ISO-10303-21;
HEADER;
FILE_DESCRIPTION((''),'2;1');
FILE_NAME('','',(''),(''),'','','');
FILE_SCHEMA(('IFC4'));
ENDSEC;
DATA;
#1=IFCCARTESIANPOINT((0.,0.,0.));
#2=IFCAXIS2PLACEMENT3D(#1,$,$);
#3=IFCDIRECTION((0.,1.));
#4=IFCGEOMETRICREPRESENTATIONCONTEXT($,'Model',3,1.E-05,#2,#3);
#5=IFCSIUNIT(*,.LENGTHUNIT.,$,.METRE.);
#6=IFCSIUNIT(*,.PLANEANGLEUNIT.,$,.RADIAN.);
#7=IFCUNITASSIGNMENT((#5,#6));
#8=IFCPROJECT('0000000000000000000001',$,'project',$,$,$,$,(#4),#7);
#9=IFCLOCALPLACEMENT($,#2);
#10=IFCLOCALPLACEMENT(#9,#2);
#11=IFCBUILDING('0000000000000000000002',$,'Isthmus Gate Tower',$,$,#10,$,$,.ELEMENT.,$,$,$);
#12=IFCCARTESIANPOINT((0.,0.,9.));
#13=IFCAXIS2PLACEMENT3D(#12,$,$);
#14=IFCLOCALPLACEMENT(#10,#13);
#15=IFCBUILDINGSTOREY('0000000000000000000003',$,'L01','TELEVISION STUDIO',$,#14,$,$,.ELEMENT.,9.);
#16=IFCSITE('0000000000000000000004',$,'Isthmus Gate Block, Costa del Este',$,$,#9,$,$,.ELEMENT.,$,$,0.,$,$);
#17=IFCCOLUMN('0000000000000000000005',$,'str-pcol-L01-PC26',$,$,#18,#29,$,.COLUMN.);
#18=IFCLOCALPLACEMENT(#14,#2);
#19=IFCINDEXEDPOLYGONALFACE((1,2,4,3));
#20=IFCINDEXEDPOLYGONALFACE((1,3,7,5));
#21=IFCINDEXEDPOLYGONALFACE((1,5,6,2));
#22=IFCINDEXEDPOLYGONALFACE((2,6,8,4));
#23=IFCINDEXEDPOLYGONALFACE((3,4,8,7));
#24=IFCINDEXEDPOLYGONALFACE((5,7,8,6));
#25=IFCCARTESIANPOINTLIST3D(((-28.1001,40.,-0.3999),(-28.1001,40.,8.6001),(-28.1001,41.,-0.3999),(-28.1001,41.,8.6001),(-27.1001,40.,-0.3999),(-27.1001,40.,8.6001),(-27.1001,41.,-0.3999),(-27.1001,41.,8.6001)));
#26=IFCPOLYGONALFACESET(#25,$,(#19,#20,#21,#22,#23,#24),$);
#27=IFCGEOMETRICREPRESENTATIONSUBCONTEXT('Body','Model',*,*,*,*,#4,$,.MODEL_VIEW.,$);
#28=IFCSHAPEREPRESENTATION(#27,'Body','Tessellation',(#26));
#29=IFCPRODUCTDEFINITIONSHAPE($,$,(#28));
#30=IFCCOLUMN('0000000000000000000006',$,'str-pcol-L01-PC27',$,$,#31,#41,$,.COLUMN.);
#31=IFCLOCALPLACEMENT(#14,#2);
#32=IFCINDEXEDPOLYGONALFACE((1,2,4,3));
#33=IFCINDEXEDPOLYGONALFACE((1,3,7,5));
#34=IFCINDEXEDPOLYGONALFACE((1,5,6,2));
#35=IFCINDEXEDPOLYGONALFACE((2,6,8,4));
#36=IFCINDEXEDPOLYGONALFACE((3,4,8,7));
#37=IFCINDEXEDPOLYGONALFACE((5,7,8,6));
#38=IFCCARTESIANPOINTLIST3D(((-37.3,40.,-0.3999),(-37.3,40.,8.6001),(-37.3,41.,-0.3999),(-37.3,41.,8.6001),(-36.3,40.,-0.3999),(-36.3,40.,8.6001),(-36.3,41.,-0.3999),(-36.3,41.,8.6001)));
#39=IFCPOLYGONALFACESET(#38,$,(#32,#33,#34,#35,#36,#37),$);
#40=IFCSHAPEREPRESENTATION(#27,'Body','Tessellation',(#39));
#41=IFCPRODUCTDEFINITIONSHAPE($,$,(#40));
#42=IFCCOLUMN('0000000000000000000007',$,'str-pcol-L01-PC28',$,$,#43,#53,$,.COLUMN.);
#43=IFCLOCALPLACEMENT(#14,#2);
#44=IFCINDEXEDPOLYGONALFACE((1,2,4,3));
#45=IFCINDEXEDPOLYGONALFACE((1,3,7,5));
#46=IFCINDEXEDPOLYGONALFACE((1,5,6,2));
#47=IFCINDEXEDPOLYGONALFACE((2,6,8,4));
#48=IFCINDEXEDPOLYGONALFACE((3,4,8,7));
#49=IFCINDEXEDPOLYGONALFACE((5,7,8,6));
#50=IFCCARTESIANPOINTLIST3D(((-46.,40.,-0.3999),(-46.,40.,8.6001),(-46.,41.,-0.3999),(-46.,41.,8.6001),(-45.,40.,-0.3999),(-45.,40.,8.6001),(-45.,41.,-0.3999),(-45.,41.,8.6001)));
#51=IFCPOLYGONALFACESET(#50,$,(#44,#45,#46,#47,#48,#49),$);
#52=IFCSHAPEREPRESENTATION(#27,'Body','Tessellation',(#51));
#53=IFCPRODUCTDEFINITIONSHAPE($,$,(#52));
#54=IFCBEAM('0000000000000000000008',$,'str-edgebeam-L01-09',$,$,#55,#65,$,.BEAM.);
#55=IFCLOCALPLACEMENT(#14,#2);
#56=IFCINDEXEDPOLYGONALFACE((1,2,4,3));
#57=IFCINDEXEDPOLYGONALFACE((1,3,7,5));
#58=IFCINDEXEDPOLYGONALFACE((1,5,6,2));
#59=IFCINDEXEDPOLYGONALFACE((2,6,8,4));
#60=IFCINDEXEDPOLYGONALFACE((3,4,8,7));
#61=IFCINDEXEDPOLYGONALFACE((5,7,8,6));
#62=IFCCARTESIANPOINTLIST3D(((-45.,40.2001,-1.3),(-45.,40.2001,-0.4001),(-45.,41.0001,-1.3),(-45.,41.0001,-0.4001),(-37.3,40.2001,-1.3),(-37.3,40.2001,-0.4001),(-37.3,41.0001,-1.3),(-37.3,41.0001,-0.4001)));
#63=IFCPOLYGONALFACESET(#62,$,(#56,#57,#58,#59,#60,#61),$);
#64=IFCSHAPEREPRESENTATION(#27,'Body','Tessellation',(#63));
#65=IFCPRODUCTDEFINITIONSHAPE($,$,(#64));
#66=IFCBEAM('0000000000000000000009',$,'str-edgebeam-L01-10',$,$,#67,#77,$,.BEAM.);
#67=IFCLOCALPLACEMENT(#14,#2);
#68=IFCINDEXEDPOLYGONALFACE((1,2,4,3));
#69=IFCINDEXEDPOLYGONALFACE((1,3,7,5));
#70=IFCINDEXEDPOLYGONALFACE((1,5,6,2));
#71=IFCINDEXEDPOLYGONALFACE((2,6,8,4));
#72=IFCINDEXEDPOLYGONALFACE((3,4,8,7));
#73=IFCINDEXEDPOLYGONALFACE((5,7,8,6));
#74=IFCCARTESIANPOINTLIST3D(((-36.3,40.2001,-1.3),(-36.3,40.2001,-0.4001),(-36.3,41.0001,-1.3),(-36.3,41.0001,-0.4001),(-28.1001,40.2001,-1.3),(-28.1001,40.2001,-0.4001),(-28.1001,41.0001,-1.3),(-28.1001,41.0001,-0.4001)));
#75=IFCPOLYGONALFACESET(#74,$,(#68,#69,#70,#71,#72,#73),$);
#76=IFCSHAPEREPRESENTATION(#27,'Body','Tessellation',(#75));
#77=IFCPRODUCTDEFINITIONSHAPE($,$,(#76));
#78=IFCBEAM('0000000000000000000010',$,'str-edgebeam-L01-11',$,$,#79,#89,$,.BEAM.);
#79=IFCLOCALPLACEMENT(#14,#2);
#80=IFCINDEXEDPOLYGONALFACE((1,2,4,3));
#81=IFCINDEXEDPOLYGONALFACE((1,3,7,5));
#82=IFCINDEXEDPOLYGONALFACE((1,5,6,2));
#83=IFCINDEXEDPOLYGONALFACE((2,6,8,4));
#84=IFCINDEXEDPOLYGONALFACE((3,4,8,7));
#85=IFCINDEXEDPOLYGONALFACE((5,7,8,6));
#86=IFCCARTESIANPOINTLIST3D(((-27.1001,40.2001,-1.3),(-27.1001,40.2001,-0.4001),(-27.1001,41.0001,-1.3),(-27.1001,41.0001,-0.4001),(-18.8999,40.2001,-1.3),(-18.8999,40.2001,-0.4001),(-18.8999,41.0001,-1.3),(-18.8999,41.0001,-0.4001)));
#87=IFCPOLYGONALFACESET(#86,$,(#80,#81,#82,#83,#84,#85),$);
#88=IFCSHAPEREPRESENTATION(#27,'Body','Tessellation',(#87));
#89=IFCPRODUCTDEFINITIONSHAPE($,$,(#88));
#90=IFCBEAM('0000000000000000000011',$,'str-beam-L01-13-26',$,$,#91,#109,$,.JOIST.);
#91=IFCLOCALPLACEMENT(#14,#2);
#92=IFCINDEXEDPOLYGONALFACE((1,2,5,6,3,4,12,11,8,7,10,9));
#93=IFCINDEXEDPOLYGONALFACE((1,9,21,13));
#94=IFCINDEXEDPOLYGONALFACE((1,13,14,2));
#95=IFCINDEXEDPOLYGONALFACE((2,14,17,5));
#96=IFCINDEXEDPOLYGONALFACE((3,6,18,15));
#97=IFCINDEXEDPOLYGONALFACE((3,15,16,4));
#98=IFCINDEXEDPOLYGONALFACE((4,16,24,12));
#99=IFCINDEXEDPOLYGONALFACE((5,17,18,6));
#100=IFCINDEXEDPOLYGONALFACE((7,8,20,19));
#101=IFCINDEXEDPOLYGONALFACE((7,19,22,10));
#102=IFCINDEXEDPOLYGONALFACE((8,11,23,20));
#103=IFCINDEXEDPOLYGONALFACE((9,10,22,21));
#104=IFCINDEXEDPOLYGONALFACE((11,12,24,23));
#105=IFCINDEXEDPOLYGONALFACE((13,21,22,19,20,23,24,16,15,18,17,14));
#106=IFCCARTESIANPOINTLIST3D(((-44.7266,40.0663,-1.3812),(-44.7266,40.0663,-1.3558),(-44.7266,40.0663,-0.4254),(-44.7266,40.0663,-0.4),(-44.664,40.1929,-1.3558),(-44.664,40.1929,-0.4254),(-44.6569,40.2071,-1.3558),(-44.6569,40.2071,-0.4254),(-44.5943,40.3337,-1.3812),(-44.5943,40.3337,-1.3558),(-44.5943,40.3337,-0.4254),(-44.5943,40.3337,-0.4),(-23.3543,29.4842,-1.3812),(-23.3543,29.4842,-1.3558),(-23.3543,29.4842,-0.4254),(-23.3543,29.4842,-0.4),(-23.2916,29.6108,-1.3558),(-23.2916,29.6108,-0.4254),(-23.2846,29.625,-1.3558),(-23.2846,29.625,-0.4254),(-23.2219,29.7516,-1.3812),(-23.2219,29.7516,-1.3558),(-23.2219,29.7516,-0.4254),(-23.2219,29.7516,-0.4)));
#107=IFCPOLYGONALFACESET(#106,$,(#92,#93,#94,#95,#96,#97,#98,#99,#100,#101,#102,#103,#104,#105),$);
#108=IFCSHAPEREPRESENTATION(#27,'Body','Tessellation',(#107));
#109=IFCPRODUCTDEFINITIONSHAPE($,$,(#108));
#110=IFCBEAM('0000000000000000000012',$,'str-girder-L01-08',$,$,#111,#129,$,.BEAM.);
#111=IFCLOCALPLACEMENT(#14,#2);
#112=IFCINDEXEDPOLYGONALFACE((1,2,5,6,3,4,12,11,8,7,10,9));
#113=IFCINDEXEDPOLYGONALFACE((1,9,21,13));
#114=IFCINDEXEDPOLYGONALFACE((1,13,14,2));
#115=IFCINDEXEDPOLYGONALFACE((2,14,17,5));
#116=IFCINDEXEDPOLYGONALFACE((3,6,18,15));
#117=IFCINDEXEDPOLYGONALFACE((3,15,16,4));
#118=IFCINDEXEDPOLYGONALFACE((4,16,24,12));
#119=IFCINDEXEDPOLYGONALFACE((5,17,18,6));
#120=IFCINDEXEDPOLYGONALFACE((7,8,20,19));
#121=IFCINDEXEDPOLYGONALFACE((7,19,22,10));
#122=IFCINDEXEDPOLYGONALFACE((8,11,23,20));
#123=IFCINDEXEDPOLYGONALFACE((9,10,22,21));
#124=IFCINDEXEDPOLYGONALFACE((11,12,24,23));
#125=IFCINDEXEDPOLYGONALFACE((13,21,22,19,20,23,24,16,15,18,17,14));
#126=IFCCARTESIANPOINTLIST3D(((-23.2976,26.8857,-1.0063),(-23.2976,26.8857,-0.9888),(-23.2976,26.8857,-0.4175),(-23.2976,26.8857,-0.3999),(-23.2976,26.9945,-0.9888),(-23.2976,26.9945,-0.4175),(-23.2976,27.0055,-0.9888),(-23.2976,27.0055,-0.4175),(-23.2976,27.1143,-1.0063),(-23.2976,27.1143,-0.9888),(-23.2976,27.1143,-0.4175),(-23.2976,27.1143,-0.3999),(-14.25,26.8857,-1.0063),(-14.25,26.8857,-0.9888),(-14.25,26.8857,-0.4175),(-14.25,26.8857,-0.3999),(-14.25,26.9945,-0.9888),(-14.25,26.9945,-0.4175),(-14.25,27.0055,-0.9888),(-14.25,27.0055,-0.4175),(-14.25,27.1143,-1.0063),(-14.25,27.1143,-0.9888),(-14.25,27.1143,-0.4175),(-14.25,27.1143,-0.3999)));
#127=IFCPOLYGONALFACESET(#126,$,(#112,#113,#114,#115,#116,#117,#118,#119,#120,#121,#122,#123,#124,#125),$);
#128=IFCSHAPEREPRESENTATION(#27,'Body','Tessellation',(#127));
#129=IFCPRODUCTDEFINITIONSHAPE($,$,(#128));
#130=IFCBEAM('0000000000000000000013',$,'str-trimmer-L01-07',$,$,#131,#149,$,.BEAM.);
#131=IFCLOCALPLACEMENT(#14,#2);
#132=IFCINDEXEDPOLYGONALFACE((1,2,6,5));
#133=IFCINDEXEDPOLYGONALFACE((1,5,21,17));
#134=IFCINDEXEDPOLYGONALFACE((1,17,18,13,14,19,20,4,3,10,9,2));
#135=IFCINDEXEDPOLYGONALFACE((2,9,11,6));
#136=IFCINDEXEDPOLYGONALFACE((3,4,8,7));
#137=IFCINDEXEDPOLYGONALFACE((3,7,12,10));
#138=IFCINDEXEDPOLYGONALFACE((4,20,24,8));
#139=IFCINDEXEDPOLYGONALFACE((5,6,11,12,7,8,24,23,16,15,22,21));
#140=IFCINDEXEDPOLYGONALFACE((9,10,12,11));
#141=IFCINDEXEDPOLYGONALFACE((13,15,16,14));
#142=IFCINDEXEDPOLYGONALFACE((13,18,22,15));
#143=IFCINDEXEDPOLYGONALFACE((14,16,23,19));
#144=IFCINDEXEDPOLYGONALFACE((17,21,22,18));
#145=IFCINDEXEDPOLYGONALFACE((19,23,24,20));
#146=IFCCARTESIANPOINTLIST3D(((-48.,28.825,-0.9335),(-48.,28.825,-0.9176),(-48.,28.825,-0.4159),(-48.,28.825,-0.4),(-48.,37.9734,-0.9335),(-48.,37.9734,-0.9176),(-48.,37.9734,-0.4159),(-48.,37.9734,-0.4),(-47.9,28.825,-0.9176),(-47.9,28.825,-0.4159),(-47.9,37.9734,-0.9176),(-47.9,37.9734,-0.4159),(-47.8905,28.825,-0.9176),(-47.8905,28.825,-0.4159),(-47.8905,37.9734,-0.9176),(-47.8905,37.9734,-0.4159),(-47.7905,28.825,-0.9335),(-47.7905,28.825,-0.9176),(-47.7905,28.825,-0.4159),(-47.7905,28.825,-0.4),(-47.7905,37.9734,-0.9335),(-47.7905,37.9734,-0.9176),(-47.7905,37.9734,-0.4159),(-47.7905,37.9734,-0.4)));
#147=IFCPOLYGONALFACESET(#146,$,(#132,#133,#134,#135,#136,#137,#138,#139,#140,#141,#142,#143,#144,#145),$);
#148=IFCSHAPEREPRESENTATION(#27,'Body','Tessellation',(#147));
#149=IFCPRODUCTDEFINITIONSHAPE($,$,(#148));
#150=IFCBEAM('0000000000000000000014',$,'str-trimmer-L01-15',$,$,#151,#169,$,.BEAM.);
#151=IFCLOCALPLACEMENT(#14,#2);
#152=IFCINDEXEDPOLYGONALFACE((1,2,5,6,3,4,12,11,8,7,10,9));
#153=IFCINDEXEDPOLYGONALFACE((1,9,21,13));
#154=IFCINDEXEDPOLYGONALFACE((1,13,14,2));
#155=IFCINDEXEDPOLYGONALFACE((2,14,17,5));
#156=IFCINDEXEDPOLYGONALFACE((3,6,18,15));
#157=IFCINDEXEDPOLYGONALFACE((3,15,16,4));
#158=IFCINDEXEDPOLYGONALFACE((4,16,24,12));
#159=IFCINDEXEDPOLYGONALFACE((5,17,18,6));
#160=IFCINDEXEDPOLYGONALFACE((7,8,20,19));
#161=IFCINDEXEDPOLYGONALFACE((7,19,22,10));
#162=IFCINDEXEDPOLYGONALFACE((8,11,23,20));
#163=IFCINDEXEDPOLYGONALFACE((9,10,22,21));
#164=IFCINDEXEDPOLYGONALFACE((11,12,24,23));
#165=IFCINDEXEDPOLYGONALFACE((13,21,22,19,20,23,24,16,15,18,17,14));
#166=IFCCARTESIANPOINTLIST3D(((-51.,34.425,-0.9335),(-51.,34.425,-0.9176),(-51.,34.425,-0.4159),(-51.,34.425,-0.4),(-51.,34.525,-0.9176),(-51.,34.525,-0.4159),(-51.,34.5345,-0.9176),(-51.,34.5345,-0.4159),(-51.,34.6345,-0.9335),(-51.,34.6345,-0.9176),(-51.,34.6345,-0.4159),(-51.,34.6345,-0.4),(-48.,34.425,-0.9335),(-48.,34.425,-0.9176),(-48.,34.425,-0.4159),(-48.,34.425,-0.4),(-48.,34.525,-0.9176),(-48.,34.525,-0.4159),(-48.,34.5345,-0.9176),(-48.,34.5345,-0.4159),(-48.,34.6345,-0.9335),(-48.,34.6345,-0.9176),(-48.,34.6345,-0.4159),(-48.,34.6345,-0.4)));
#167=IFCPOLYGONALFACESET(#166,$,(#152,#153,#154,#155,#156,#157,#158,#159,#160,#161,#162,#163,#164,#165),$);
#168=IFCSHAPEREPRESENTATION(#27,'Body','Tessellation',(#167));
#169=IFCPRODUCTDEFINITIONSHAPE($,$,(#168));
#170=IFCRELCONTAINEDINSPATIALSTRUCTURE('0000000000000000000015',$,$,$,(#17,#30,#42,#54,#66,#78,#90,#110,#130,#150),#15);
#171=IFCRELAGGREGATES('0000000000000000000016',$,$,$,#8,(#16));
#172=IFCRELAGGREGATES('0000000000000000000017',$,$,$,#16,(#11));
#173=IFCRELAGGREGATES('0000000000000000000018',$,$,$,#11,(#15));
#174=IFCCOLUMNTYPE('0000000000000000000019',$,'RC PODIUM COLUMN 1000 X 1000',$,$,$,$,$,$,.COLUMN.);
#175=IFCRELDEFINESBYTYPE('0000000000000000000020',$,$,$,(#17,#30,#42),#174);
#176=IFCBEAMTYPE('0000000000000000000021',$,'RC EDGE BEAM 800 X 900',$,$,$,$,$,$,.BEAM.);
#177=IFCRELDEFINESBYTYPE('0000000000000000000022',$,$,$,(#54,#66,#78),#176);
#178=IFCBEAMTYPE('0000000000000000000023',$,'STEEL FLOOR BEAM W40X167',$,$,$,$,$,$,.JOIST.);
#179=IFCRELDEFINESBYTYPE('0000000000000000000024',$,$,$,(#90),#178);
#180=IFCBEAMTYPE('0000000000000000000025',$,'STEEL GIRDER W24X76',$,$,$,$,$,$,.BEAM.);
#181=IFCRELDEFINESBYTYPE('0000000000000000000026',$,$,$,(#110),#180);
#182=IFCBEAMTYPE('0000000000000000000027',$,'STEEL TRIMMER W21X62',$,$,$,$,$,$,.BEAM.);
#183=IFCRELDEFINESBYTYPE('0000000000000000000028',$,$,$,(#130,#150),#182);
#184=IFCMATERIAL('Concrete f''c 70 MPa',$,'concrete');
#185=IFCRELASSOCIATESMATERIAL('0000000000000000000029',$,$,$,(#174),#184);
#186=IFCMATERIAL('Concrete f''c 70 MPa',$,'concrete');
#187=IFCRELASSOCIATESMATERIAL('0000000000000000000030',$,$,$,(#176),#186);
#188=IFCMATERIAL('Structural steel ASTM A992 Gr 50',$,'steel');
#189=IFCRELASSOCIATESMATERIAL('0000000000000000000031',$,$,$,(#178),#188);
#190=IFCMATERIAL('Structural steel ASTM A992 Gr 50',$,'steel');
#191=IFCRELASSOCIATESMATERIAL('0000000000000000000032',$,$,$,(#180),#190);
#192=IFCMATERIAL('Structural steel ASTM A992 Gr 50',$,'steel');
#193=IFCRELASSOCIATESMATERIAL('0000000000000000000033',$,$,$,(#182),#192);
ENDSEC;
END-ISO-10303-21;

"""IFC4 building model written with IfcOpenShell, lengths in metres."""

from ifc_helpers import new_model, si_unit, direction, frame, origin, origin_2d, place, context, subcontext, project, spatial, rectangle, i_section, extrude, material, material_profile, profile_set, type_object, element, save


model = new_model("IFC4")

# Units and contexts
model_context = context("Model", 3, precision=1e-05, world=origin(), true_north=direction((0.0, 1.0)))
body_context = subcontext(model_context, "Body", "Model", "MODEL_VIEW")
ifc_project = project(units=[si_unit("LENGTHUNIT", "METRE"), si_unit("PLANEANGLEUNIT", "RADIAN")], contexts=[model_context])

# Site, building, storey
site_placement = place(None, origin())
site = spatial("IfcSite", under=ifc_project, at=site_placement, Name="Isthmus Gate Block, Costa del Este", CompositionType="ELEMENT", RefElevation=0.0)
building_placement = place(site_placement, origin())
building = spatial("IfcBuilding", under=site, at=building_placement, Name="Isthmus Gate Tower", CompositionType="ELEMENT")
storey_placement = place(building_placement, frame((0.0, 0.0, 9.0)))
storey = spatial("IfcBuildingStorey", under=building, at=storey_placement, Name="L01", Description="TELEVISION STUDIO", CompositionType="ELEMENT", Elevation=9.0)

# Columns
ifc_material_1 = material(Name="Concrete f'c 70 MPa", Category="concrete")
ifc_material_profile_1 = material_profile(ifc_material_1, rectangle(XDim=1.0, YDim=1.0, at=origin_2d()), Name="RC 1000X1000")
ifc_profile_set_1 = profile_set([ifc_material_profile_1], Name="Concrete f'c 70 MPa")
column_type = type_object("IfcColumnType", Name="RC PODIUM COLUMN 1000 X 1000", PredefinedType="COLUMN", material=ifc_profile_set_1)
for number, where, z_axis, x_axis, name in (
    (1, (-27.6001, 40.5, -0.3999), (0.0, 0.0, 1.0), (-1.0, 0.0, 0.0), "str-pcol-L01-PC26"),
    (2, (-36.8, 40.5, -0.3999), (0.0, 0.0, 1.0), (-1.0, 0.0, 0.0), "str-pcol-L01-PC27"),
    (3, (-45.5, 40.5, -0.3999), (0.0, 0.0, 1.0), (-1.0, 0.0, 0.0), "str-pcol-L01-PC28"),
):
    element("IfcColumn", number, at=place(storey_placement, frame(where, z_axis=z_axis, x_axis=x_axis)), inside=storey, type_object=column_type, Name=name, PredefinedType="COLUMN", context=body_context, shape_type="SweptSolid", body=[
        extrude(rectangle(XDim=1.0, YDim=1.0, at=origin_2d()), origin(), (0.0, 0.0, 1.0), 9.0),
    ])

# Beams
ifc_material_2 = material(Name="Concrete f'c 70 MPa", Category="concrete")
ifc_material_profile_2 = material_profile(ifc_material_2, rectangle(XDim=0.8, YDim=0.8999, at=origin_2d()), Name="RC 800X900")
ifc_profile_set_2 = profile_set([ifc_material_profile_2], Name="Concrete f'c 70 MPa")
beam_type_1 = type_object("IfcBeamType", Name="RC EDGE BEAM 800 X 900", PredefinedType="BEAM", material=ifc_profile_set_2)
beam_1_placement = place(storey_placement, frame((-45.0, 40.6001, -0.8501), z_axis=(1.0, 0.0, 0.0), x_axis=(0.0, 1.0, 0.0)))
element("IfcBeam", 4, at=beam_1_placement, inside=storey, type_object=beam_type_1, Name="str-edgebeam-L01-09", PredefinedType="BEAM", context=body_context, shape_type="SweptSolid", body=[
    extrude(rectangle(XDim=0.8, YDim=0.8999, at=origin_2d()), origin(), (0.0, 0.0, 1.0), 7.7),
])
beam_2_placement = place(storey_placement, frame((-36.3, 40.6001, -0.8501), z_axis=(1.0, 0.0, 0.0), x_axis=(0.0, 1.0, 0.0)))
element("IfcBeam", 5, at=beam_2_placement, inside=storey, type_object=beam_type_1, Name="str-edgebeam-L01-10", PredefinedType="BEAM", context=body_context, shape_type="SweptSolid", body=[
    extrude(rectangle(XDim=0.8, YDim=0.8999, at=origin_2d()), origin(), (0.0, 0.0, 1.0), 8.2),
])
beam_3_placement = place(storey_placement, frame((-27.1001, 40.6001, -0.8501), z_axis=(1.0, 0.0, 0.0), x_axis=(0.0, 1.0, 0.0)))
element("IfcBeam", 6, at=beam_3_placement, inside=storey, type_object=beam_type_1, Name="str-edgebeam-L01-11", PredefinedType="BEAM", context=body_context, shape_type="SweptSolid", body=[
    extrude(rectangle(XDim=0.8, YDim=0.8999, at=origin_2d()), origin(), (0.0, 0.0, 1.0), 8.2002),
])
ifc_material_3 = material(Name="Structural steel ASTM A992 Gr 50", Category="steel")
ifc_material_profile_3 = material_profile(ifc_material_3, i_section(OverallWidth=0.2983, OverallDepth=0.9812, WebThickness=0.0159, FlangeThickness=0.0254, at=origin_2d()), Name="W40X167")
ifc_profile_set_3 = profile_set([ifc_material_profile_3], Name="Structural steel ASTM A992 Gr 50")
beam_type_2 = type_object("IfcBeamType", Name="STEEL FLOOR BEAM W40X167", PredefinedType="JOIST", material=ifc_profile_set_3)
beam_4_placement = place(storey_placement, frame((-23.2881, 29.6179, -0.8906), z_axis=(-0.896167, 0.443717, 0.0), x_axis=(-0.443717, -0.896167, 0.0)))
element("IfcBeam", 7, at=beam_4_placement, inside=storey, type_object=beam_type_2, Name="str-beam-L01-13-26", PredefinedType="JOIST", context=body_context, shape_type="SweptSolid", body=[
    extrude(i_section(OverallWidth=0.2983, OverallDepth=0.9812, WebThickness=0.0159, FlangeThickness=0.0254, at=origin_2d()), origin(), (0.0, 0.0, 1.0), 23.8486),
])
ifc_material_4 = material(Name="Structural steel ASTM A992 Gr 50", Category="steel")
ifc_material_profile_4 = material_profile(ifc_material_4, i_section(OverallWidth=0.2285, OverallDepth=0.6064, WebThickness=0.011, FlangeThickness=0.0176, at=origin_2d()), Name="W24X76")
ifc_profile_set_4 = profile_set([ifc_material_profile_4], Name="Structural steel ASTM A992 Gr 50")
beam_type_3 = type_object("IfcBeamType", Name="STEEL GIRDER W24X76", PredefinedType="BEAM", material=ifc_profile_set_4)
beam_5_placement = place(storey_placement, frame((-23.2976, 27.0, -0.7031), z_axis=(1.0, 0.0, 0.0), x_axis=(0.0, 1.0, 0.0)))
element("IfcBeam", 8, at=beam_5_placement, inside=storey, type_object=beam_type_3, Name="str-girder-L01-08", PredefinedType="BEAM", context=body_context, shape_type="SweptSolid", body=[
    extrude(i_section(OverallWidth=0.2285, OverallDepth=0.6064, WebThickness=0.011, FlangeThickness=0.0176, at=origin_2d()), origin(), (0.0, 0.0, 1.0), 9.0476),
])
ifc_material_5 = material(Name="Structural steel ASTM A992 Gr 50", Category="steel")
ifc_material_profile_5 = material_profile(ifc_material_5, i_section(OverallWidth=0.2095, OverallDepth=0.5334, WebThickness=0.0095, FlangeThickness=0.0159, at=origin_2d()), Name="W21X62")
ifc_profile_set_5 = profile_set([ifc_material_profile_5], Name="Structural steel ASTM A992 Gr 50")
beam_type_4 = type_object("IfcBeamType", Name="STEEL TRIMMER W21X62", PredefinedType="BEAM", material=ifc_profile_set_5)
beam_6_placement = place(storey_placement, frame((-47.8953, 28.825, -0.6667), z_axis=(0.0, 1.0, 0.0), x_axis=(-1.0, 0.0, 0.0)))
element("IfcBeam", 9, at=beam_6_placement, inside=storey, type_object=beam_type_4, Name="str-trimmer-L01-07", PredefinedType="BEAM", context=body_context, shape_type="SweptSolid", body=[
    extrude(i_section(OverallWidth=0.2095, OverallDepth=0.5334, WebThickness=0.0095, FlangeThickness=0.0159, at=origin_2d()), origin(), (0.0, 0.0, 1.0), 9.1484),
])
beam_7_placement = place(storey_placement, frame((-48.0, 34.5298, -0.6667), z_axis=(-1.0, 0.0, 0.0), x_axis=(0.0, -1.0, 0.0)))
element("IfcBeam", 10, at=beam_7_placement, inside=storey, type_object=beam_type_4, Name="str-trimmer-L01-15", PredefinedType="BEAM", context=body_context, shape_type="SweptSolid", body=[
    extrude(i_section(OverallWidth=0.2095, OverallDepth=0.5334, WebThickness=0.0095, FlangeThickness=0.0159, at=origin_2d()), origin(), (0.0, 0.0, 1.0), 3.0),
])

save(model, "model.ifc")
